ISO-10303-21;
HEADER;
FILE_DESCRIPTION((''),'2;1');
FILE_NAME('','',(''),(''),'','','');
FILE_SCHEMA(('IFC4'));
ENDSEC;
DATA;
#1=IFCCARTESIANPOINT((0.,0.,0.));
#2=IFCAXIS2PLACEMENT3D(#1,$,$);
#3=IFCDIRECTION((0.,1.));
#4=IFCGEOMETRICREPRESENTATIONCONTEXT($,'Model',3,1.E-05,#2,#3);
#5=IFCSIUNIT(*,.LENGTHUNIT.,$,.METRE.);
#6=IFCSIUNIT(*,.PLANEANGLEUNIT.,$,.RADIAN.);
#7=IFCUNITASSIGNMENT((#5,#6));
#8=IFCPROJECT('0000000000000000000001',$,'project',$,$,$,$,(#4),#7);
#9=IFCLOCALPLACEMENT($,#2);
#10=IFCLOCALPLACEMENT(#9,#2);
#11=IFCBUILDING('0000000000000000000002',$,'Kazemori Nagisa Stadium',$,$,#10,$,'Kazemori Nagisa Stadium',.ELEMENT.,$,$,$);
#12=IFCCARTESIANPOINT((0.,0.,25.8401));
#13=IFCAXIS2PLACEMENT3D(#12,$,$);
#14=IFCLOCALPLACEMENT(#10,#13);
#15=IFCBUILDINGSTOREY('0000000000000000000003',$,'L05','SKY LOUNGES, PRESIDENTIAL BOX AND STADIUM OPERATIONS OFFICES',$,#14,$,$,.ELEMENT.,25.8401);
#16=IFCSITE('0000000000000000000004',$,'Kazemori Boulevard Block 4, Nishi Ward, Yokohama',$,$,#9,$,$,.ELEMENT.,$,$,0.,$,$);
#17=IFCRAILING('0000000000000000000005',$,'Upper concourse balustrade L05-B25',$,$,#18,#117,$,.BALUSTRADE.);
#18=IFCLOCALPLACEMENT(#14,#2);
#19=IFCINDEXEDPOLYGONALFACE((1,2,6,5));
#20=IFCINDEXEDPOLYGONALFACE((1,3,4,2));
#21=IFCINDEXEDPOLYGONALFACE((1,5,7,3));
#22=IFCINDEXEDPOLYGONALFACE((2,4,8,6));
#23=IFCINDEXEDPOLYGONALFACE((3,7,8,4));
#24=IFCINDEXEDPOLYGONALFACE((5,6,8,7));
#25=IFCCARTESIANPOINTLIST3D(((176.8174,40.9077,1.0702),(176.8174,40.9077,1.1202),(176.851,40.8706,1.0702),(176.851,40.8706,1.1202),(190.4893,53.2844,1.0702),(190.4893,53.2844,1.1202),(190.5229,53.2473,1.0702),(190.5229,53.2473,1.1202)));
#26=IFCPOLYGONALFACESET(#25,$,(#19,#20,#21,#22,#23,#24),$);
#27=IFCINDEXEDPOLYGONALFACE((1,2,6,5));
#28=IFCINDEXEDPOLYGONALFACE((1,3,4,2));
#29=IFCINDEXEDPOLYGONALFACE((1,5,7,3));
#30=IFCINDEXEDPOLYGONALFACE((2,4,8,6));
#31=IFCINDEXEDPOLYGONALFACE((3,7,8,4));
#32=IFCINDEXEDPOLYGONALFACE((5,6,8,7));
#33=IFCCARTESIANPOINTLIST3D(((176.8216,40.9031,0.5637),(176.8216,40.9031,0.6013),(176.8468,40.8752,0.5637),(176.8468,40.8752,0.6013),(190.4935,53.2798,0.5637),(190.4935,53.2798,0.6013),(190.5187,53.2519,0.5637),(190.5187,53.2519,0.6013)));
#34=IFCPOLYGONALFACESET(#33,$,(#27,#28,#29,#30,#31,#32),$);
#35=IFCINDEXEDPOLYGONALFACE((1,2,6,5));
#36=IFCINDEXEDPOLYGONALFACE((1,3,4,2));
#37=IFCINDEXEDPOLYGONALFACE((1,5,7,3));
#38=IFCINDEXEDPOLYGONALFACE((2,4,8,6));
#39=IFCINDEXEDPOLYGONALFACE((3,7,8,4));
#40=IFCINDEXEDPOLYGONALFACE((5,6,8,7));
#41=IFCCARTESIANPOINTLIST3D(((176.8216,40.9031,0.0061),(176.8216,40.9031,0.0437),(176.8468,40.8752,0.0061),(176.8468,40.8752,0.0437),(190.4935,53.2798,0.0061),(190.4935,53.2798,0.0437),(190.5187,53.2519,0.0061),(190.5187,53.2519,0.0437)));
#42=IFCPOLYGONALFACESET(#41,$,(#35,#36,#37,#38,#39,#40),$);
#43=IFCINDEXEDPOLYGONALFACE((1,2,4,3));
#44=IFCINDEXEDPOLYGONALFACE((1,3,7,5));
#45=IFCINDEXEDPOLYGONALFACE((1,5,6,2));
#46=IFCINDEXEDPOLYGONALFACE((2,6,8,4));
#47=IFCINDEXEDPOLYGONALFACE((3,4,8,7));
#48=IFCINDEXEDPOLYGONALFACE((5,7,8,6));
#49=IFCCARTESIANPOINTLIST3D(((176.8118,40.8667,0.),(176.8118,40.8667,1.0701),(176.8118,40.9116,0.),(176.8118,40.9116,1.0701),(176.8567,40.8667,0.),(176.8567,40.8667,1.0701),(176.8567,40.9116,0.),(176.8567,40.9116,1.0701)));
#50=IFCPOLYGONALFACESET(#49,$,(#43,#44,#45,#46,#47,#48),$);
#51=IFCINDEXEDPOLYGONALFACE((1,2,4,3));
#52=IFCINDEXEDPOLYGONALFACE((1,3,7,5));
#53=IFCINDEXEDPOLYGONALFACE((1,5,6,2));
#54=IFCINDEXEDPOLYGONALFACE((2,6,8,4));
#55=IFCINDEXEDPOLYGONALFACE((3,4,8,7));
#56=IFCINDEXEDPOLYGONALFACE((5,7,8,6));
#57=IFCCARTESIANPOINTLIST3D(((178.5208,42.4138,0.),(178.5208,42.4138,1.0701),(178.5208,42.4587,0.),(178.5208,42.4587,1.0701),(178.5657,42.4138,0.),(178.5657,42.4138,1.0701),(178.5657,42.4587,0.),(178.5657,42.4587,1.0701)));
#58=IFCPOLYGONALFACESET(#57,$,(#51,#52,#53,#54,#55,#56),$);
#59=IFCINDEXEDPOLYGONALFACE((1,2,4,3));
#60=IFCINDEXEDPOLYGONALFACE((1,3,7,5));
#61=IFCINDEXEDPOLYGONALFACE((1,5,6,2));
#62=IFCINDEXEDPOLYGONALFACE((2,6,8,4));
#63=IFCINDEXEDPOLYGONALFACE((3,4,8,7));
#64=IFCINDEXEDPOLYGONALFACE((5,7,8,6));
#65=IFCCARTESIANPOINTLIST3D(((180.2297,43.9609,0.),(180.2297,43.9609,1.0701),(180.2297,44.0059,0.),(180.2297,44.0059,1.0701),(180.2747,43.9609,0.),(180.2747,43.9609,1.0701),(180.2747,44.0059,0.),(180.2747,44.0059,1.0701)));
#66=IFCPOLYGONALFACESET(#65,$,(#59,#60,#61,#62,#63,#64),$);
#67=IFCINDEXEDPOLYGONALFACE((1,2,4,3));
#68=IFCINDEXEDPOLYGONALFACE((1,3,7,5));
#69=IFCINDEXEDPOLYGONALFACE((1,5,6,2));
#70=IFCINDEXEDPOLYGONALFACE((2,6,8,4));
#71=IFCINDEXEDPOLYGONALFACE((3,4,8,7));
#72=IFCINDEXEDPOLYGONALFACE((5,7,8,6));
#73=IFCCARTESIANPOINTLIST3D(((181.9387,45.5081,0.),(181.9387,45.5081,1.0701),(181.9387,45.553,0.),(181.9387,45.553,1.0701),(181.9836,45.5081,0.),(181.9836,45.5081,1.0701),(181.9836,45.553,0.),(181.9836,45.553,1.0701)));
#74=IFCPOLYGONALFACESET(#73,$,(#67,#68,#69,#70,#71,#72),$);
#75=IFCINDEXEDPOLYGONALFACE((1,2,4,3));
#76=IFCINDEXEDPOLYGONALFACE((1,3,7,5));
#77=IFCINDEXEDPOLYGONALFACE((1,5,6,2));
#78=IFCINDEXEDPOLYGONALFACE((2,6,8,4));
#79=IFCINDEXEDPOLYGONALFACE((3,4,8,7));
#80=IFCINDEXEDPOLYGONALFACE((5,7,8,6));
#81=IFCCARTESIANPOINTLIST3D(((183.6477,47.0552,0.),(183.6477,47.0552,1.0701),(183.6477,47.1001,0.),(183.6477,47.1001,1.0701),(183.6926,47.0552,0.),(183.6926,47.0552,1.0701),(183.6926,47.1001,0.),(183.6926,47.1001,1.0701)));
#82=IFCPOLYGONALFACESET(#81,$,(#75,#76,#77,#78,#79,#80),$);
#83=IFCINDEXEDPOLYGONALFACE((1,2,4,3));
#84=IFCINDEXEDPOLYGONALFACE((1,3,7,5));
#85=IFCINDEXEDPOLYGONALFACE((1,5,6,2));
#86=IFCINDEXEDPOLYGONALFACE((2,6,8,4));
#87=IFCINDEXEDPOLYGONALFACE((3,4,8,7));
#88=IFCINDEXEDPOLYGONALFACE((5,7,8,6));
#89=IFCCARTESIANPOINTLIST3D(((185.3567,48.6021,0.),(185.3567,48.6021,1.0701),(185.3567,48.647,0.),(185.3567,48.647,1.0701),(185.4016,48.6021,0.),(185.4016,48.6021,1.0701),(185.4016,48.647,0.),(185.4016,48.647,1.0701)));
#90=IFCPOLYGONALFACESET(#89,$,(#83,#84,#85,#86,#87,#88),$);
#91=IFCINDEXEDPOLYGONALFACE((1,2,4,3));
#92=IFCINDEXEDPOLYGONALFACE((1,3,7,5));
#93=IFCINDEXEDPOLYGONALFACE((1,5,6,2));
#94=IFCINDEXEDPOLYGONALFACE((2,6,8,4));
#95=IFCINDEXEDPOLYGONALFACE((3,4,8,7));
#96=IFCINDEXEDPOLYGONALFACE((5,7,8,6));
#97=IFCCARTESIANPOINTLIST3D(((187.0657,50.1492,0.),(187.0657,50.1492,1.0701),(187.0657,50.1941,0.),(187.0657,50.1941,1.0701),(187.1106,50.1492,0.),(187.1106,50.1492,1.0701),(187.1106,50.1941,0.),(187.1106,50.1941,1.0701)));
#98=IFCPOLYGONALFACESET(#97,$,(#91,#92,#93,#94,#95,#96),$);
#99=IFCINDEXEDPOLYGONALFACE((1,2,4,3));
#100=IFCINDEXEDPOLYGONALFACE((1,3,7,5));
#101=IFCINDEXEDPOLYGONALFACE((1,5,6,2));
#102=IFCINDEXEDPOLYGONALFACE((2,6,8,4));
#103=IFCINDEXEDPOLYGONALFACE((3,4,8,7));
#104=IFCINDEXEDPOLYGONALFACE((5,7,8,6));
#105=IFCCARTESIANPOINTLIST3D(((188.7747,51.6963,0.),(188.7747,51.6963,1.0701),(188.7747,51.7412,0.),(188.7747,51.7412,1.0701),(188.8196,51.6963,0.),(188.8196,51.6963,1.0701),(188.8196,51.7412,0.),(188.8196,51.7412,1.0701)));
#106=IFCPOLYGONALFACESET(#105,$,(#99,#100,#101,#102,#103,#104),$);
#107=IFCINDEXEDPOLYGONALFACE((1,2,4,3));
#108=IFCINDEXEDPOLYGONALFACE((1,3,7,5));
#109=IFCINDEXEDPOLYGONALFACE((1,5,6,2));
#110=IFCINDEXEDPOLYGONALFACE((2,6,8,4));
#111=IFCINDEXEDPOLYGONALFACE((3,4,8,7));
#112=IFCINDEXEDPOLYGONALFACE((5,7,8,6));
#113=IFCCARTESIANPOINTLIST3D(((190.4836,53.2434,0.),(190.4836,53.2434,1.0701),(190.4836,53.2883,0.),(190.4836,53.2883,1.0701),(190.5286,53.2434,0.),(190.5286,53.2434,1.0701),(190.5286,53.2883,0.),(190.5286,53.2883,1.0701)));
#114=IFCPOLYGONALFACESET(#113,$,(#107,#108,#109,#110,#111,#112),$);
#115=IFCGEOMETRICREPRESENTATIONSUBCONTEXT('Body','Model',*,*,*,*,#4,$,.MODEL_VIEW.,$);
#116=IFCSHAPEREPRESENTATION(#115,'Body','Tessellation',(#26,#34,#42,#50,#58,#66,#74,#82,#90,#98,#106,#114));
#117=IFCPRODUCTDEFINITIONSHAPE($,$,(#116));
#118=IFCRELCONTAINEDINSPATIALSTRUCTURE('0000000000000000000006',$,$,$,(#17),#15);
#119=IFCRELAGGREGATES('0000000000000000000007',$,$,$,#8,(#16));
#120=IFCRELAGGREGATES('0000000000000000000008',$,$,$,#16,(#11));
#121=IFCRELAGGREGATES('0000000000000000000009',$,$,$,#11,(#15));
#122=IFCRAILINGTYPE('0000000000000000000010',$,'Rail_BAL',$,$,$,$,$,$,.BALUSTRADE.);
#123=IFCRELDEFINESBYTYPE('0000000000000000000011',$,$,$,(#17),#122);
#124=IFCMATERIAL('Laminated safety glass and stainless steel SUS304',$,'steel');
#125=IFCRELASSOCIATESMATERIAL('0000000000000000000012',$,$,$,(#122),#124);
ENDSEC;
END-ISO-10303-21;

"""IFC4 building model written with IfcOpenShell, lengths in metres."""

from ifc_helpers import new_model, si_unit, direction, frame, origin, origin_2d, place, context, subcontext, project, spatial, rectangle, extrude, material, type_object, element, save


model = new_model("IFC4")

# Units and contexts
model_context = context("Model", 3, precision=1e-05, world=origin(), true_north=direction((0.0, 1.0)))
body_context = subcontext(model_context, "Body", "Model", "MODEL_VIEW")
ifc_project = project(units=[si_unit("LENGTHUNIT", "METRE"), si_unit("PLANEANGLEUNIT", "RADIAN")], contexts=[model_context])

# Site, building, storey
site_placement = place(None, origin())
site = spatial("IfcSite", under=ifc_project, at=site_placement, Name="Kazemori Boulevard Block 4, Nishi Ward, Yokohama", CompositionType="ELEMENT", RefElevation=0.0)
building_placement = place(site_placement, origin())
building = spatial("IfcBuilding", under=site, at=building_placement, Name="Kazemori Nagisa Stadium", LongName="Kazemori Nagisa Stadium", CompositionType="ELEMENT")
storey_placement = place(building_placement, frame((0.0, 0.0, 25.8401)))
storey = spatial("IfcBuildingStorey", under=building, at=storey_placement, Name="L05", Description="SKY LOUNGES, PRESIDENTIAL BOX AND STADIUM OPERATIONS OFFICES", CompositionType="ELEMENT", Elevation=25.8401)

# Railing
ifc_material_1 = material(Name="Laminated safety glass and stainless steel SUS304", Category="steel")
railing_type = type_object("IfcRailingType", Name="Rail_BAL", PredefinedType="BALUSTRADE", material=ifc_material_1)
railing_placement = place(storey_placement, frame((176.8342, 40.8892, 0.0)))
element("IfcRailing", 1, at=railing_placement, inside=storey, type_object=railing_type, Name="Upper concourse balustrade L05-B25", PredefinedType="BALUSTRADE", context=body_context, shape_type="SweptSolid", body=[
    extrude(rectangle(XDim=0.05, YDim=0.05, at=origin_2d()), frame((0.0, 0.0, 1.0952), z_axis=(0.741349, 0.67112, 0.0), x_axis=(-0.67112, 0.741349, 0.0)), (0.0, 0.0, 1.0), 18.4419),
    extrude(rectangle(XDim=0.0376, YDim=0.0376, at=origin_2d()), frame((0.0, 0.0, 0.5825), z_axis=(0.741349, 0.67112, 0.0), x_axis=(-0.67112, 0.741349, 0.0)), (0.0, 0.0, 1.0), 18.4419),
    extrude(rectangle(XDim=0.0376, YDim=0.0376, at=origin_2d()), frame((0.0, 0.0, 0.0249), z_axis=(0.741349, 0.67112, 0.0), x_axis=(-0.67112, 0.741349, 0.0)), (0.0, 0.0, 1.0), 18.4419),
    extrude(rectangle(XDim=0.0449, YDim=0.0449, at=origin_2d()), origin(), (0.0, 0.0, 1.0), 1.0701),
    extrude(rectangle(XDim=0.0449, YDim=0.0449, at=origin_2d()), frame((1.709, 1.5471, 0.0)), (0.0, 0.0, 1.0), 1.0701),
    extrude(rectangle(XDim=0.0449, YDim=0.0449, at=origin_2d()), frame((3.418, 3.0942, 0.0)), (0.0, 0.0, 1.0), 1.0701),
    extrude(rectangle(XDim=0.0449, YDim=0.0449, at=origin_2d()), frame((5.127, 4.6414, 0.0)), (0.0, 0.0, 1.0), 1.0701),
    extrude(rectangle(XDim=0.0449, YDim=0.0449, at=origin_2d()), frame((6.8359, 6.1885, 0.0)), (0.0, 0.0, 1.0), 1.0701),
    extrude(rectangle(XDim=0.0449, YDim=0.0449, at=origin_2d()), frame((8.5449, 7.7354, 0.0)), (0.0, 0.0, 1.0), 1.0701),
    extrude(rectangle(XDim=0.0449, YDim=0.0449, at=origin_2d()), frame((10.2539, 9.2825, 0.0)), (0.0, 0.0, 1.0), 1.0701),
    extrude(rectangle(XDim=0.0449, YDim=0.0449, at=origin_2d()), frame((11.9629, 10.8296, 0.0)), (0.0, 0.0, 1.0), 1.0701),
    extrude(rectangle(XDim=0.0449, YDim=0.0449, at=origin_2d()), frame((13.6719, 12.3767, 0.0)), (0.0, 0.0, 1.0), 1.0701),
])

save(model, "model.ifc")
